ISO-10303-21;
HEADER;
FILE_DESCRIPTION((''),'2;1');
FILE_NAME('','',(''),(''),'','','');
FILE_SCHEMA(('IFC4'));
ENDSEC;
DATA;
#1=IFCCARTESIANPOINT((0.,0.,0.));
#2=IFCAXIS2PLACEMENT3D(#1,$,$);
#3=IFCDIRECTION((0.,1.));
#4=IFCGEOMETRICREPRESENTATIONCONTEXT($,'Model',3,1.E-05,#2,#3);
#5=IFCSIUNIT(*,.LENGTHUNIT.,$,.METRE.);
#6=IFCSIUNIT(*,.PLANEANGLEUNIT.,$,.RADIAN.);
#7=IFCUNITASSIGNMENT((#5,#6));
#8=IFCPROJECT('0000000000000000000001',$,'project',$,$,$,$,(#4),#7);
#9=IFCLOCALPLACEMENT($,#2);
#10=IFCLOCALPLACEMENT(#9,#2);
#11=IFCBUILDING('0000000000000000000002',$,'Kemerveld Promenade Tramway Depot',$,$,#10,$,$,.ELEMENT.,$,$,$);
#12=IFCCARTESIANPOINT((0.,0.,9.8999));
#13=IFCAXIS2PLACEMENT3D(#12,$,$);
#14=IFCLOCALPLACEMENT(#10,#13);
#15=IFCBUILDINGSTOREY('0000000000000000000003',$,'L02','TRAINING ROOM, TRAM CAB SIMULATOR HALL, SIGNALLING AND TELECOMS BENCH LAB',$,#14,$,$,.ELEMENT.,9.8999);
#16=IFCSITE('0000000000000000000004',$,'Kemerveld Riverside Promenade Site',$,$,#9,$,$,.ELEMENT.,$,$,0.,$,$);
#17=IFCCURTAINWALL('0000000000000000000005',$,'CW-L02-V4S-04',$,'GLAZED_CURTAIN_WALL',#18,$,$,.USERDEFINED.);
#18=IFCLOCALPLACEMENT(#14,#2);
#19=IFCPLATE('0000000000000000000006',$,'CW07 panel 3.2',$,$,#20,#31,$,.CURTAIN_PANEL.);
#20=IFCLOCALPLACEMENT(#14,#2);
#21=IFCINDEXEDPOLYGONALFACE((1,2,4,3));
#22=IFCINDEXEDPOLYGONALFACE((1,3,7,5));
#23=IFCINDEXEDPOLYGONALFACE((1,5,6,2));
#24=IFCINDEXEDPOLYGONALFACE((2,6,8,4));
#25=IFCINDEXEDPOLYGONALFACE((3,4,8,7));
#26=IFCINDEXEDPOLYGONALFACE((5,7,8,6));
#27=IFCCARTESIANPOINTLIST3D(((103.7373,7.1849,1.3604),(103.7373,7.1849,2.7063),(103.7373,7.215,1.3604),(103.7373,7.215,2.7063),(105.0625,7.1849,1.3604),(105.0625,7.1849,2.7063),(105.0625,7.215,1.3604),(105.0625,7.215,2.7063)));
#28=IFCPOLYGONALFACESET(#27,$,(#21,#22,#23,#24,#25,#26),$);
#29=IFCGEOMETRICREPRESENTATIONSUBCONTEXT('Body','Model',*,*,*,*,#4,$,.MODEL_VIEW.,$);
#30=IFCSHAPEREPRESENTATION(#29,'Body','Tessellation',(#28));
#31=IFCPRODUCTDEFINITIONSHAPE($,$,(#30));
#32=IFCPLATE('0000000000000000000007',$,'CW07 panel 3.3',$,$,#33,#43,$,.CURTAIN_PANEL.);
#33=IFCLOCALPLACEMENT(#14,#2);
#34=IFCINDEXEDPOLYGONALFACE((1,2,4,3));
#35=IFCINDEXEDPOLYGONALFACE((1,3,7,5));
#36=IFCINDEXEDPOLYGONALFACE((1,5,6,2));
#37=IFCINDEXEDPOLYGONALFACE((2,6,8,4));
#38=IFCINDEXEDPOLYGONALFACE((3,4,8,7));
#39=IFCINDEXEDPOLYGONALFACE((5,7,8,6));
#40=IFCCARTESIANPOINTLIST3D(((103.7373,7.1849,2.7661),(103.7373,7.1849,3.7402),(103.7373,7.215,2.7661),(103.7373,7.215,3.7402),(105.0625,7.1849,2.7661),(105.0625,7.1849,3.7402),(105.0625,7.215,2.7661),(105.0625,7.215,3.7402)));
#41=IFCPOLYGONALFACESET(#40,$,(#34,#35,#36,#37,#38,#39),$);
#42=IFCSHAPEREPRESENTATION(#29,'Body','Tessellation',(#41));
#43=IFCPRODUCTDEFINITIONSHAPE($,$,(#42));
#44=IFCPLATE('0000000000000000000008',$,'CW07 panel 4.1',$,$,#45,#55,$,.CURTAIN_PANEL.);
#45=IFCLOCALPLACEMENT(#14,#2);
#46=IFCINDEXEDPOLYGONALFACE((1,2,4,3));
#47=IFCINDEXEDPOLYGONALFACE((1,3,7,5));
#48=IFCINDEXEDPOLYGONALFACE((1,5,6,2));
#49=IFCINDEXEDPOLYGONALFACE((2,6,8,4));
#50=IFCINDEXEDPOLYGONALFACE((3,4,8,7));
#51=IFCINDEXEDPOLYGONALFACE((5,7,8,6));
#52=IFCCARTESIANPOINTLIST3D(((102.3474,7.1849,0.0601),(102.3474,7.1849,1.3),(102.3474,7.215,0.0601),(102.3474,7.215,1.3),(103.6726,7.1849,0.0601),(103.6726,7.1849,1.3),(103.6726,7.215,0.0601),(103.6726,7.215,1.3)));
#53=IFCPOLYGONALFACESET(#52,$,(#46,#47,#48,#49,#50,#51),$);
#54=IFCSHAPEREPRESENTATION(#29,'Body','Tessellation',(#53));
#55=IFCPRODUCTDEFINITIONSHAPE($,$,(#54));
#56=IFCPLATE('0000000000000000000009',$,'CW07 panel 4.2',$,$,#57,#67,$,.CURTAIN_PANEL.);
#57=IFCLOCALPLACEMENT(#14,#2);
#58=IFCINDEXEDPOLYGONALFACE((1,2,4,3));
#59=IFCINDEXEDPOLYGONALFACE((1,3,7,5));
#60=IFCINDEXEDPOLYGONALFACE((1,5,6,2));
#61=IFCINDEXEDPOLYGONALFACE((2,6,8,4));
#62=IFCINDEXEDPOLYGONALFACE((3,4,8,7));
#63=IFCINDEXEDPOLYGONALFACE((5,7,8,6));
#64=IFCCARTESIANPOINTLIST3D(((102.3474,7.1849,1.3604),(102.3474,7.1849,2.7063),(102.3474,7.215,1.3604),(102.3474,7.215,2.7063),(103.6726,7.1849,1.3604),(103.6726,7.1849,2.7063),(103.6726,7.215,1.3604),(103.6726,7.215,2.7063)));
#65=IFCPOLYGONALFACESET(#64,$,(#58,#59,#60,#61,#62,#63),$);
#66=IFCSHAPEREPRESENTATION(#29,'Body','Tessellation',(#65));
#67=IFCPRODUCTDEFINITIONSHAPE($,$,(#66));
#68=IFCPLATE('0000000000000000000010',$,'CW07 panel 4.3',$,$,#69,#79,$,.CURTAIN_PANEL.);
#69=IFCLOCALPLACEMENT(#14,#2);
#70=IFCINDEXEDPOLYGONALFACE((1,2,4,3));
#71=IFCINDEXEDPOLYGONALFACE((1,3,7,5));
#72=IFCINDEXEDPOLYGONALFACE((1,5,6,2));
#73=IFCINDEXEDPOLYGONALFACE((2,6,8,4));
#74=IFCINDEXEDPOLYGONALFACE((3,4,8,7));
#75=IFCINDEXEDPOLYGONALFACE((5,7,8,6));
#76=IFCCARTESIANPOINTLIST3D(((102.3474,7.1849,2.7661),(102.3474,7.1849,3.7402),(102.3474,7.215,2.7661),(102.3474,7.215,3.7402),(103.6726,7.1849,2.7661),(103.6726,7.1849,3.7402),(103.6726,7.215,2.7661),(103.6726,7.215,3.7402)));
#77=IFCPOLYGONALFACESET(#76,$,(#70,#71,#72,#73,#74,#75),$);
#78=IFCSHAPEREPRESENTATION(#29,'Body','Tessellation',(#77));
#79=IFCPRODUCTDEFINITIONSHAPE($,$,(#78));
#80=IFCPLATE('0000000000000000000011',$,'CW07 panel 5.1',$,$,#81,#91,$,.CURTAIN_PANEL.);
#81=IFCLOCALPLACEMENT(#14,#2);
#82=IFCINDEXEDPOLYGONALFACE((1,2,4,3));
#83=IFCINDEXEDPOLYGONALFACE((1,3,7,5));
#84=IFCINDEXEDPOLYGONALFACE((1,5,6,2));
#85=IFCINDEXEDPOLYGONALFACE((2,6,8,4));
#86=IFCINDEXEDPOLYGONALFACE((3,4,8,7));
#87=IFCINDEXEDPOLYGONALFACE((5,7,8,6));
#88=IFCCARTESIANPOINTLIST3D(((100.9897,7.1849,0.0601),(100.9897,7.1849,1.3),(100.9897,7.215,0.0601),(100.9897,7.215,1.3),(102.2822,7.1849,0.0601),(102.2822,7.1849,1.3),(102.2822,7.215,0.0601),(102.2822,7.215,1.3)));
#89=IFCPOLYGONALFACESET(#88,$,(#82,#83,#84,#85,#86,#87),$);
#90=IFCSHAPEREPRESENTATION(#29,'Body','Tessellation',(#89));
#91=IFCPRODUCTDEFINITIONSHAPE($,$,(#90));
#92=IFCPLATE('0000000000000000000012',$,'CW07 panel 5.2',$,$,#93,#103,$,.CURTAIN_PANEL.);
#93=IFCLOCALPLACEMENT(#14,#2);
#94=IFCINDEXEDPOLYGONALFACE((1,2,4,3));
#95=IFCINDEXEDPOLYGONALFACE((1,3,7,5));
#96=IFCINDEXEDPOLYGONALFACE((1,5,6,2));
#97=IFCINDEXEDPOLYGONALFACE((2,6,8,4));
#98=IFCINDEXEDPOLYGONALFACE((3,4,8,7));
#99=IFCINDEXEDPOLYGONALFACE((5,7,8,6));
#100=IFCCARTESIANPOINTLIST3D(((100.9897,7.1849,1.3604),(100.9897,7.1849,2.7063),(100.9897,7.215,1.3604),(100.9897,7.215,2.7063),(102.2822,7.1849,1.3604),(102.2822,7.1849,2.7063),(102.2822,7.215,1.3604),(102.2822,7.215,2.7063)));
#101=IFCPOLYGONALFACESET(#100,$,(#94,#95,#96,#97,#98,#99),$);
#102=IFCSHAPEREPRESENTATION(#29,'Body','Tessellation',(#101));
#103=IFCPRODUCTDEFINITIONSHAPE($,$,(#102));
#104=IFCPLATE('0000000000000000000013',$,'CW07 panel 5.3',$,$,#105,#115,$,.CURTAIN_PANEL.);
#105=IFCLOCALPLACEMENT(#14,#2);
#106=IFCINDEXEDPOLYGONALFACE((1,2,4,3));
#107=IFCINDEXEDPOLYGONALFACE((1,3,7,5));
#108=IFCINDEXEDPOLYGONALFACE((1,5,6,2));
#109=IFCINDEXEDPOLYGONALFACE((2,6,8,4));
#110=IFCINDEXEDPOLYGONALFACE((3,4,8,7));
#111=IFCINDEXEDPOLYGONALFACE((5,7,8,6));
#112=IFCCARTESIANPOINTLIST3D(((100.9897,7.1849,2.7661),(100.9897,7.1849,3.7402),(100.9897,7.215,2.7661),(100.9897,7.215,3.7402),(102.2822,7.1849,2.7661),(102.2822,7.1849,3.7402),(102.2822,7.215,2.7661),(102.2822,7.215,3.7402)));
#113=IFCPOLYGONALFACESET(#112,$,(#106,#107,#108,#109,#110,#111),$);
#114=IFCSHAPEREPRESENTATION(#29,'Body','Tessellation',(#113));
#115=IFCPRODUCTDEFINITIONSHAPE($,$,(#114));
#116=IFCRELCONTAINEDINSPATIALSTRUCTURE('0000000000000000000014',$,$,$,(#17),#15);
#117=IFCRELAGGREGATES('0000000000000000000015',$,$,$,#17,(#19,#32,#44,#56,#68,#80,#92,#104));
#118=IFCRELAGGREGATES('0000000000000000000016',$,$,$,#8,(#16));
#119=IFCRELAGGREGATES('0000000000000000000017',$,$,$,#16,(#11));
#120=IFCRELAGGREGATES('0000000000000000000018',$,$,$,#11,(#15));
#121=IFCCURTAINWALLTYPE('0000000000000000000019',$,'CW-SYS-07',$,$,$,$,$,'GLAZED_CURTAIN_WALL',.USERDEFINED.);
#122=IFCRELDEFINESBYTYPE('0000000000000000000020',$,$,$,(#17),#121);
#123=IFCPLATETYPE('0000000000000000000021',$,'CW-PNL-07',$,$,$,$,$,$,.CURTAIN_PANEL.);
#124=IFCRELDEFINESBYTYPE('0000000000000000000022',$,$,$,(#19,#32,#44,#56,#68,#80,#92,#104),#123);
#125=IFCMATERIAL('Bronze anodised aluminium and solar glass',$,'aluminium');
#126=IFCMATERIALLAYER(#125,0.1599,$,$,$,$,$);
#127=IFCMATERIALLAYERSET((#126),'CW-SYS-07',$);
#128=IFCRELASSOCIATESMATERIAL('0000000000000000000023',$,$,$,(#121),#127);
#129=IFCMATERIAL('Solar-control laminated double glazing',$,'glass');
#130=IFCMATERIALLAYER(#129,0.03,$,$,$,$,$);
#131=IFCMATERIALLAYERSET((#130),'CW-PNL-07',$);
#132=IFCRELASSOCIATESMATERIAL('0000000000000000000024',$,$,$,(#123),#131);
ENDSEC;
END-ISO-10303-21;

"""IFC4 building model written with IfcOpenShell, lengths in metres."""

from ifc_helpers import new_model, si_unit, direction, frame, origin, origin_2d, place, context, subcontext, project, spatial, rectangle, extrude, material, layer, layer_set, type_object, element, aggregate, save


model = new_model("IFC4")

# Units and contexts
model_context = context("Model", 3, precision=1e-05, world=origin(), true_north=direction((0.0, 1.0)))
body_context = subcontext(model_context, "Body", "Model", "MODEL_VIEW")
ifc_project = project(units=[si_unit("LENGTHUNIT", "METRE"), si_unit("PLANEANGLEUNIT", "RADIAN")], contexts=[model_context])

# Site, building, storey
site_placement = place(None, origin())
site = spatial("IfcSite", under=ifc_project, at=site_placement, Name="Kemerveld Riverside Promenade Site", CompositionType="ELEMENT", RefElevation=0.0)
building_placement = place(site_placement, origin())
building = spatial("IfcBuilding", under=site, at=building_placement, Name="Kemerveld Promenade Tramway Depot", CompositionType="ELEMENT")
storey_placement = place(building_placement, frame((0.0, 0.0, 9.8999)))
storey = spatial("IfcBuildingStorey", under=building, at=storey_placement, Name="L02", Description="TRAINING ROOM, TRAM CAB SIMULATOR HALL, SIGNALLING AND TELECOMS BENCH LAB", CompositionType="ELEMENT", Elevation=9.8999)

# Curtain wall, plates
ifc_material_1 = material(Name="Bronze anodised aluminium and solar glass", Category="aluminium")
ifc_layer_1 = layer(ifc_material_1, 0.1599)
ifc_layer_set_1 = layer_set([ifc_layer_1], Name="CW-SYS-07")
curtain_wall_type = type_object("IfcCurtainWallType", Name="CW-SYS-07", ElementType="GLAZED_CURTAIN_WALL", PredefinedType="USERDEFINED", material=ifc_layer_set_1)
curtain_wall_placement = place(storey_placement, origin())
curtain_wall = element("IfcCurtainWall", 1, at=curtain_wall_placement, inside=storey, type_object=curtain_wall_type, Name="CW-L02-V4S-04", ObjectType="GLAZED_CURTAIN_WALL", PredefinedType="USERDEFINED")
ifc_material_2 = material(Name="Solar-control laminated double glazing", Category="glass")
ifc_layer_2 = layer(ifc_material_2, 0.03)
ifc_layer_set_2 = layer_set([ifc_layer_2], Name="CW-PNL-07")
plate_type = type_object("IfcPlateType", Name="CW-PNL-07", PredefinedType="CURTAIN_PANEL", material=ifc_layer_set_2)
plate_1_placement = place(storey_placement, frame((104.3999, 7.2, 1.3604), z_axis=(0.0, 0.0, 1.0), x_axis=(-1.0, 0.0, 0.0)))
plate_1 = element("IfcPlate", 2, at=plate_1_placement, type_object=plate_type, Name="CW07 panel 3.2", PredefinedType="CURTAIN_PANEL", context=body_context, shape_type="SweptSolid", body=[
    extrude(rectangle(XDim=1.3252, YDim=0.03, at=origin_2d()), origin(), (0.0, 0.0, 1.0), 1.3459),
])
plate_2_placement = place(storey_placement, frame((104.3999, 7.2, 2.7661), z_axis=(0.0, 0.0, 1.0), x_axis=(-1.0, 0.0, 0.0)))
plate_2 = element("IfcPlate", 3, at=plate_2_placement, type_object=plate_type, Name="CW07 panel 3.3", PredefinedType="CURTAIN_PANEL", context=body_context, shape_type="SweptSolid", body=[
    extrude(rectangle(XDim=1.3252, YDim=0.03, at=origin_2d()), origin(), (0.0, 0.0, 1.0), 0.9741),
])
plate_3_placement = place(storey_placement, frame((103.01, 7.2, 0.0601), z_axis=(0.0, 0.0, 1.0), x_axis=(-1.0, 0.0, 0.0)))
plate_3 = element("IfcPlate", 4, at=plate_3_placement, type_object=plate_type, Name="CW07 panel 4.1", PredefinedType="CURTAIN_PANEL", context=body_context, shape_type="SweptSolid", body=[
    extrude(rectangle(XDim=1.3252, YDim=0.03, at=origin_2d()), origin(), (0.0, 0.0, 1.0), 1.24),
])
plate_4_placement = place(storey_placement, frame((103.01, 7.2, 1.3604), z_axis=(0.0, 0.0, 1.0), x_axis=(-1.0, 0.0, 0.0)))
plate_4 = element("IfcPlate", 5, at=plate_4_placement, type_object=plate_type, Name="CW07 panel 4.2", PredefinedType="CURTAIN_PANEL", context=body_context, shape_type="SweptSolid", body=[
    extrude(rectangle(XDim=1.3252, YDim=0.03, at=origin_2d()), origin(), (0.0, 0.0, 1.0), 1.3459),
])
plate_5_placement = place(storey_placement, frame((103.01, 7.2, 2.7661), z_axis=(0.0, 0.0, 1.0), x_axis=(-1.0, 0.0, 0.0)))
plate_5 = element("IfcPlate", 6, at=plate_5_placement, type_object=plate_type, Name="CW07 panel 4.3", PredefinedType="CURTAIN_PANEL", context=body_context, shape_type="SweptSolid", body=[
    extrude(rectangle(XDim=1.3252, YDim=0.03, at=origin_2d()), origin(), (0.0, 0.0, 1.0), 0.9741),
])
plate_6_placement = place(storey_placement, frame((101.636, 7.2, 0.0601), z_axis=(0.0, 0.0, 1.0), x_axis=(-1.0, 0.0, 0.0)))
plate_6 = element("IfcPlate", 7, at=plate_6_placement, type_object=plate_type, Name="CW07 panel 5.1", PredefinedType="CURTAIN_PANEL", context=body_context, shape_type="SweptSolid", body=[
    extrude(rectangle(XDim=1.2925, YDim=0.03, at=origin_2d()), origin(), (0.0, 0.0, 1.0), 1.24),
])
plate_7_placement = place(storey_placement, frame((101.636, 7.2, 1.3604), z_axis=(0.0, 0.0, 1.0), x_axis=(-1.0, 0.0, 0.0)))
plate_7 = element("IfcPlate", 8, at=plate_7_placement, type_object=plate_type, Name="CW07 panel 5.2", PredefinedType="CURTAIN_PANEL", context=body_context, shape_type="SweptSolid", body=[
    extrude(rectangle(XDim=1.2925, YDim=0.03, at=origin_2d()), origin(), (0.0, 0.0, 1.0), 1.3459),
])
plate_8_placement = place(storey_placement, frame((101.636, 7.2, 2.7661), z_axis=(0.0, 0.0, 1.0), x_axis=(-1.0, 0.0, 0.0)))
plate_8 = element("IfcPlate", 9, at=plate_8_placement, type_object=plate_type, Name="CW07 panel 5.3", PredefinedType="CURTAIN_PANEL", context=body_context, shape_type="SweptSolid", body=[
    extrude(rectangle(XDim=1.2925, YDim=0.03, at=origin_2d()), origin(), (0.0, 0.0, 1.0), 0.9741),
])
aggregate(curtain_wall, [plate_1, plate_2, plate_3, plate_4, plate_5, plate_6, plate_7, plate_8])

save(model, "model.ifc")
